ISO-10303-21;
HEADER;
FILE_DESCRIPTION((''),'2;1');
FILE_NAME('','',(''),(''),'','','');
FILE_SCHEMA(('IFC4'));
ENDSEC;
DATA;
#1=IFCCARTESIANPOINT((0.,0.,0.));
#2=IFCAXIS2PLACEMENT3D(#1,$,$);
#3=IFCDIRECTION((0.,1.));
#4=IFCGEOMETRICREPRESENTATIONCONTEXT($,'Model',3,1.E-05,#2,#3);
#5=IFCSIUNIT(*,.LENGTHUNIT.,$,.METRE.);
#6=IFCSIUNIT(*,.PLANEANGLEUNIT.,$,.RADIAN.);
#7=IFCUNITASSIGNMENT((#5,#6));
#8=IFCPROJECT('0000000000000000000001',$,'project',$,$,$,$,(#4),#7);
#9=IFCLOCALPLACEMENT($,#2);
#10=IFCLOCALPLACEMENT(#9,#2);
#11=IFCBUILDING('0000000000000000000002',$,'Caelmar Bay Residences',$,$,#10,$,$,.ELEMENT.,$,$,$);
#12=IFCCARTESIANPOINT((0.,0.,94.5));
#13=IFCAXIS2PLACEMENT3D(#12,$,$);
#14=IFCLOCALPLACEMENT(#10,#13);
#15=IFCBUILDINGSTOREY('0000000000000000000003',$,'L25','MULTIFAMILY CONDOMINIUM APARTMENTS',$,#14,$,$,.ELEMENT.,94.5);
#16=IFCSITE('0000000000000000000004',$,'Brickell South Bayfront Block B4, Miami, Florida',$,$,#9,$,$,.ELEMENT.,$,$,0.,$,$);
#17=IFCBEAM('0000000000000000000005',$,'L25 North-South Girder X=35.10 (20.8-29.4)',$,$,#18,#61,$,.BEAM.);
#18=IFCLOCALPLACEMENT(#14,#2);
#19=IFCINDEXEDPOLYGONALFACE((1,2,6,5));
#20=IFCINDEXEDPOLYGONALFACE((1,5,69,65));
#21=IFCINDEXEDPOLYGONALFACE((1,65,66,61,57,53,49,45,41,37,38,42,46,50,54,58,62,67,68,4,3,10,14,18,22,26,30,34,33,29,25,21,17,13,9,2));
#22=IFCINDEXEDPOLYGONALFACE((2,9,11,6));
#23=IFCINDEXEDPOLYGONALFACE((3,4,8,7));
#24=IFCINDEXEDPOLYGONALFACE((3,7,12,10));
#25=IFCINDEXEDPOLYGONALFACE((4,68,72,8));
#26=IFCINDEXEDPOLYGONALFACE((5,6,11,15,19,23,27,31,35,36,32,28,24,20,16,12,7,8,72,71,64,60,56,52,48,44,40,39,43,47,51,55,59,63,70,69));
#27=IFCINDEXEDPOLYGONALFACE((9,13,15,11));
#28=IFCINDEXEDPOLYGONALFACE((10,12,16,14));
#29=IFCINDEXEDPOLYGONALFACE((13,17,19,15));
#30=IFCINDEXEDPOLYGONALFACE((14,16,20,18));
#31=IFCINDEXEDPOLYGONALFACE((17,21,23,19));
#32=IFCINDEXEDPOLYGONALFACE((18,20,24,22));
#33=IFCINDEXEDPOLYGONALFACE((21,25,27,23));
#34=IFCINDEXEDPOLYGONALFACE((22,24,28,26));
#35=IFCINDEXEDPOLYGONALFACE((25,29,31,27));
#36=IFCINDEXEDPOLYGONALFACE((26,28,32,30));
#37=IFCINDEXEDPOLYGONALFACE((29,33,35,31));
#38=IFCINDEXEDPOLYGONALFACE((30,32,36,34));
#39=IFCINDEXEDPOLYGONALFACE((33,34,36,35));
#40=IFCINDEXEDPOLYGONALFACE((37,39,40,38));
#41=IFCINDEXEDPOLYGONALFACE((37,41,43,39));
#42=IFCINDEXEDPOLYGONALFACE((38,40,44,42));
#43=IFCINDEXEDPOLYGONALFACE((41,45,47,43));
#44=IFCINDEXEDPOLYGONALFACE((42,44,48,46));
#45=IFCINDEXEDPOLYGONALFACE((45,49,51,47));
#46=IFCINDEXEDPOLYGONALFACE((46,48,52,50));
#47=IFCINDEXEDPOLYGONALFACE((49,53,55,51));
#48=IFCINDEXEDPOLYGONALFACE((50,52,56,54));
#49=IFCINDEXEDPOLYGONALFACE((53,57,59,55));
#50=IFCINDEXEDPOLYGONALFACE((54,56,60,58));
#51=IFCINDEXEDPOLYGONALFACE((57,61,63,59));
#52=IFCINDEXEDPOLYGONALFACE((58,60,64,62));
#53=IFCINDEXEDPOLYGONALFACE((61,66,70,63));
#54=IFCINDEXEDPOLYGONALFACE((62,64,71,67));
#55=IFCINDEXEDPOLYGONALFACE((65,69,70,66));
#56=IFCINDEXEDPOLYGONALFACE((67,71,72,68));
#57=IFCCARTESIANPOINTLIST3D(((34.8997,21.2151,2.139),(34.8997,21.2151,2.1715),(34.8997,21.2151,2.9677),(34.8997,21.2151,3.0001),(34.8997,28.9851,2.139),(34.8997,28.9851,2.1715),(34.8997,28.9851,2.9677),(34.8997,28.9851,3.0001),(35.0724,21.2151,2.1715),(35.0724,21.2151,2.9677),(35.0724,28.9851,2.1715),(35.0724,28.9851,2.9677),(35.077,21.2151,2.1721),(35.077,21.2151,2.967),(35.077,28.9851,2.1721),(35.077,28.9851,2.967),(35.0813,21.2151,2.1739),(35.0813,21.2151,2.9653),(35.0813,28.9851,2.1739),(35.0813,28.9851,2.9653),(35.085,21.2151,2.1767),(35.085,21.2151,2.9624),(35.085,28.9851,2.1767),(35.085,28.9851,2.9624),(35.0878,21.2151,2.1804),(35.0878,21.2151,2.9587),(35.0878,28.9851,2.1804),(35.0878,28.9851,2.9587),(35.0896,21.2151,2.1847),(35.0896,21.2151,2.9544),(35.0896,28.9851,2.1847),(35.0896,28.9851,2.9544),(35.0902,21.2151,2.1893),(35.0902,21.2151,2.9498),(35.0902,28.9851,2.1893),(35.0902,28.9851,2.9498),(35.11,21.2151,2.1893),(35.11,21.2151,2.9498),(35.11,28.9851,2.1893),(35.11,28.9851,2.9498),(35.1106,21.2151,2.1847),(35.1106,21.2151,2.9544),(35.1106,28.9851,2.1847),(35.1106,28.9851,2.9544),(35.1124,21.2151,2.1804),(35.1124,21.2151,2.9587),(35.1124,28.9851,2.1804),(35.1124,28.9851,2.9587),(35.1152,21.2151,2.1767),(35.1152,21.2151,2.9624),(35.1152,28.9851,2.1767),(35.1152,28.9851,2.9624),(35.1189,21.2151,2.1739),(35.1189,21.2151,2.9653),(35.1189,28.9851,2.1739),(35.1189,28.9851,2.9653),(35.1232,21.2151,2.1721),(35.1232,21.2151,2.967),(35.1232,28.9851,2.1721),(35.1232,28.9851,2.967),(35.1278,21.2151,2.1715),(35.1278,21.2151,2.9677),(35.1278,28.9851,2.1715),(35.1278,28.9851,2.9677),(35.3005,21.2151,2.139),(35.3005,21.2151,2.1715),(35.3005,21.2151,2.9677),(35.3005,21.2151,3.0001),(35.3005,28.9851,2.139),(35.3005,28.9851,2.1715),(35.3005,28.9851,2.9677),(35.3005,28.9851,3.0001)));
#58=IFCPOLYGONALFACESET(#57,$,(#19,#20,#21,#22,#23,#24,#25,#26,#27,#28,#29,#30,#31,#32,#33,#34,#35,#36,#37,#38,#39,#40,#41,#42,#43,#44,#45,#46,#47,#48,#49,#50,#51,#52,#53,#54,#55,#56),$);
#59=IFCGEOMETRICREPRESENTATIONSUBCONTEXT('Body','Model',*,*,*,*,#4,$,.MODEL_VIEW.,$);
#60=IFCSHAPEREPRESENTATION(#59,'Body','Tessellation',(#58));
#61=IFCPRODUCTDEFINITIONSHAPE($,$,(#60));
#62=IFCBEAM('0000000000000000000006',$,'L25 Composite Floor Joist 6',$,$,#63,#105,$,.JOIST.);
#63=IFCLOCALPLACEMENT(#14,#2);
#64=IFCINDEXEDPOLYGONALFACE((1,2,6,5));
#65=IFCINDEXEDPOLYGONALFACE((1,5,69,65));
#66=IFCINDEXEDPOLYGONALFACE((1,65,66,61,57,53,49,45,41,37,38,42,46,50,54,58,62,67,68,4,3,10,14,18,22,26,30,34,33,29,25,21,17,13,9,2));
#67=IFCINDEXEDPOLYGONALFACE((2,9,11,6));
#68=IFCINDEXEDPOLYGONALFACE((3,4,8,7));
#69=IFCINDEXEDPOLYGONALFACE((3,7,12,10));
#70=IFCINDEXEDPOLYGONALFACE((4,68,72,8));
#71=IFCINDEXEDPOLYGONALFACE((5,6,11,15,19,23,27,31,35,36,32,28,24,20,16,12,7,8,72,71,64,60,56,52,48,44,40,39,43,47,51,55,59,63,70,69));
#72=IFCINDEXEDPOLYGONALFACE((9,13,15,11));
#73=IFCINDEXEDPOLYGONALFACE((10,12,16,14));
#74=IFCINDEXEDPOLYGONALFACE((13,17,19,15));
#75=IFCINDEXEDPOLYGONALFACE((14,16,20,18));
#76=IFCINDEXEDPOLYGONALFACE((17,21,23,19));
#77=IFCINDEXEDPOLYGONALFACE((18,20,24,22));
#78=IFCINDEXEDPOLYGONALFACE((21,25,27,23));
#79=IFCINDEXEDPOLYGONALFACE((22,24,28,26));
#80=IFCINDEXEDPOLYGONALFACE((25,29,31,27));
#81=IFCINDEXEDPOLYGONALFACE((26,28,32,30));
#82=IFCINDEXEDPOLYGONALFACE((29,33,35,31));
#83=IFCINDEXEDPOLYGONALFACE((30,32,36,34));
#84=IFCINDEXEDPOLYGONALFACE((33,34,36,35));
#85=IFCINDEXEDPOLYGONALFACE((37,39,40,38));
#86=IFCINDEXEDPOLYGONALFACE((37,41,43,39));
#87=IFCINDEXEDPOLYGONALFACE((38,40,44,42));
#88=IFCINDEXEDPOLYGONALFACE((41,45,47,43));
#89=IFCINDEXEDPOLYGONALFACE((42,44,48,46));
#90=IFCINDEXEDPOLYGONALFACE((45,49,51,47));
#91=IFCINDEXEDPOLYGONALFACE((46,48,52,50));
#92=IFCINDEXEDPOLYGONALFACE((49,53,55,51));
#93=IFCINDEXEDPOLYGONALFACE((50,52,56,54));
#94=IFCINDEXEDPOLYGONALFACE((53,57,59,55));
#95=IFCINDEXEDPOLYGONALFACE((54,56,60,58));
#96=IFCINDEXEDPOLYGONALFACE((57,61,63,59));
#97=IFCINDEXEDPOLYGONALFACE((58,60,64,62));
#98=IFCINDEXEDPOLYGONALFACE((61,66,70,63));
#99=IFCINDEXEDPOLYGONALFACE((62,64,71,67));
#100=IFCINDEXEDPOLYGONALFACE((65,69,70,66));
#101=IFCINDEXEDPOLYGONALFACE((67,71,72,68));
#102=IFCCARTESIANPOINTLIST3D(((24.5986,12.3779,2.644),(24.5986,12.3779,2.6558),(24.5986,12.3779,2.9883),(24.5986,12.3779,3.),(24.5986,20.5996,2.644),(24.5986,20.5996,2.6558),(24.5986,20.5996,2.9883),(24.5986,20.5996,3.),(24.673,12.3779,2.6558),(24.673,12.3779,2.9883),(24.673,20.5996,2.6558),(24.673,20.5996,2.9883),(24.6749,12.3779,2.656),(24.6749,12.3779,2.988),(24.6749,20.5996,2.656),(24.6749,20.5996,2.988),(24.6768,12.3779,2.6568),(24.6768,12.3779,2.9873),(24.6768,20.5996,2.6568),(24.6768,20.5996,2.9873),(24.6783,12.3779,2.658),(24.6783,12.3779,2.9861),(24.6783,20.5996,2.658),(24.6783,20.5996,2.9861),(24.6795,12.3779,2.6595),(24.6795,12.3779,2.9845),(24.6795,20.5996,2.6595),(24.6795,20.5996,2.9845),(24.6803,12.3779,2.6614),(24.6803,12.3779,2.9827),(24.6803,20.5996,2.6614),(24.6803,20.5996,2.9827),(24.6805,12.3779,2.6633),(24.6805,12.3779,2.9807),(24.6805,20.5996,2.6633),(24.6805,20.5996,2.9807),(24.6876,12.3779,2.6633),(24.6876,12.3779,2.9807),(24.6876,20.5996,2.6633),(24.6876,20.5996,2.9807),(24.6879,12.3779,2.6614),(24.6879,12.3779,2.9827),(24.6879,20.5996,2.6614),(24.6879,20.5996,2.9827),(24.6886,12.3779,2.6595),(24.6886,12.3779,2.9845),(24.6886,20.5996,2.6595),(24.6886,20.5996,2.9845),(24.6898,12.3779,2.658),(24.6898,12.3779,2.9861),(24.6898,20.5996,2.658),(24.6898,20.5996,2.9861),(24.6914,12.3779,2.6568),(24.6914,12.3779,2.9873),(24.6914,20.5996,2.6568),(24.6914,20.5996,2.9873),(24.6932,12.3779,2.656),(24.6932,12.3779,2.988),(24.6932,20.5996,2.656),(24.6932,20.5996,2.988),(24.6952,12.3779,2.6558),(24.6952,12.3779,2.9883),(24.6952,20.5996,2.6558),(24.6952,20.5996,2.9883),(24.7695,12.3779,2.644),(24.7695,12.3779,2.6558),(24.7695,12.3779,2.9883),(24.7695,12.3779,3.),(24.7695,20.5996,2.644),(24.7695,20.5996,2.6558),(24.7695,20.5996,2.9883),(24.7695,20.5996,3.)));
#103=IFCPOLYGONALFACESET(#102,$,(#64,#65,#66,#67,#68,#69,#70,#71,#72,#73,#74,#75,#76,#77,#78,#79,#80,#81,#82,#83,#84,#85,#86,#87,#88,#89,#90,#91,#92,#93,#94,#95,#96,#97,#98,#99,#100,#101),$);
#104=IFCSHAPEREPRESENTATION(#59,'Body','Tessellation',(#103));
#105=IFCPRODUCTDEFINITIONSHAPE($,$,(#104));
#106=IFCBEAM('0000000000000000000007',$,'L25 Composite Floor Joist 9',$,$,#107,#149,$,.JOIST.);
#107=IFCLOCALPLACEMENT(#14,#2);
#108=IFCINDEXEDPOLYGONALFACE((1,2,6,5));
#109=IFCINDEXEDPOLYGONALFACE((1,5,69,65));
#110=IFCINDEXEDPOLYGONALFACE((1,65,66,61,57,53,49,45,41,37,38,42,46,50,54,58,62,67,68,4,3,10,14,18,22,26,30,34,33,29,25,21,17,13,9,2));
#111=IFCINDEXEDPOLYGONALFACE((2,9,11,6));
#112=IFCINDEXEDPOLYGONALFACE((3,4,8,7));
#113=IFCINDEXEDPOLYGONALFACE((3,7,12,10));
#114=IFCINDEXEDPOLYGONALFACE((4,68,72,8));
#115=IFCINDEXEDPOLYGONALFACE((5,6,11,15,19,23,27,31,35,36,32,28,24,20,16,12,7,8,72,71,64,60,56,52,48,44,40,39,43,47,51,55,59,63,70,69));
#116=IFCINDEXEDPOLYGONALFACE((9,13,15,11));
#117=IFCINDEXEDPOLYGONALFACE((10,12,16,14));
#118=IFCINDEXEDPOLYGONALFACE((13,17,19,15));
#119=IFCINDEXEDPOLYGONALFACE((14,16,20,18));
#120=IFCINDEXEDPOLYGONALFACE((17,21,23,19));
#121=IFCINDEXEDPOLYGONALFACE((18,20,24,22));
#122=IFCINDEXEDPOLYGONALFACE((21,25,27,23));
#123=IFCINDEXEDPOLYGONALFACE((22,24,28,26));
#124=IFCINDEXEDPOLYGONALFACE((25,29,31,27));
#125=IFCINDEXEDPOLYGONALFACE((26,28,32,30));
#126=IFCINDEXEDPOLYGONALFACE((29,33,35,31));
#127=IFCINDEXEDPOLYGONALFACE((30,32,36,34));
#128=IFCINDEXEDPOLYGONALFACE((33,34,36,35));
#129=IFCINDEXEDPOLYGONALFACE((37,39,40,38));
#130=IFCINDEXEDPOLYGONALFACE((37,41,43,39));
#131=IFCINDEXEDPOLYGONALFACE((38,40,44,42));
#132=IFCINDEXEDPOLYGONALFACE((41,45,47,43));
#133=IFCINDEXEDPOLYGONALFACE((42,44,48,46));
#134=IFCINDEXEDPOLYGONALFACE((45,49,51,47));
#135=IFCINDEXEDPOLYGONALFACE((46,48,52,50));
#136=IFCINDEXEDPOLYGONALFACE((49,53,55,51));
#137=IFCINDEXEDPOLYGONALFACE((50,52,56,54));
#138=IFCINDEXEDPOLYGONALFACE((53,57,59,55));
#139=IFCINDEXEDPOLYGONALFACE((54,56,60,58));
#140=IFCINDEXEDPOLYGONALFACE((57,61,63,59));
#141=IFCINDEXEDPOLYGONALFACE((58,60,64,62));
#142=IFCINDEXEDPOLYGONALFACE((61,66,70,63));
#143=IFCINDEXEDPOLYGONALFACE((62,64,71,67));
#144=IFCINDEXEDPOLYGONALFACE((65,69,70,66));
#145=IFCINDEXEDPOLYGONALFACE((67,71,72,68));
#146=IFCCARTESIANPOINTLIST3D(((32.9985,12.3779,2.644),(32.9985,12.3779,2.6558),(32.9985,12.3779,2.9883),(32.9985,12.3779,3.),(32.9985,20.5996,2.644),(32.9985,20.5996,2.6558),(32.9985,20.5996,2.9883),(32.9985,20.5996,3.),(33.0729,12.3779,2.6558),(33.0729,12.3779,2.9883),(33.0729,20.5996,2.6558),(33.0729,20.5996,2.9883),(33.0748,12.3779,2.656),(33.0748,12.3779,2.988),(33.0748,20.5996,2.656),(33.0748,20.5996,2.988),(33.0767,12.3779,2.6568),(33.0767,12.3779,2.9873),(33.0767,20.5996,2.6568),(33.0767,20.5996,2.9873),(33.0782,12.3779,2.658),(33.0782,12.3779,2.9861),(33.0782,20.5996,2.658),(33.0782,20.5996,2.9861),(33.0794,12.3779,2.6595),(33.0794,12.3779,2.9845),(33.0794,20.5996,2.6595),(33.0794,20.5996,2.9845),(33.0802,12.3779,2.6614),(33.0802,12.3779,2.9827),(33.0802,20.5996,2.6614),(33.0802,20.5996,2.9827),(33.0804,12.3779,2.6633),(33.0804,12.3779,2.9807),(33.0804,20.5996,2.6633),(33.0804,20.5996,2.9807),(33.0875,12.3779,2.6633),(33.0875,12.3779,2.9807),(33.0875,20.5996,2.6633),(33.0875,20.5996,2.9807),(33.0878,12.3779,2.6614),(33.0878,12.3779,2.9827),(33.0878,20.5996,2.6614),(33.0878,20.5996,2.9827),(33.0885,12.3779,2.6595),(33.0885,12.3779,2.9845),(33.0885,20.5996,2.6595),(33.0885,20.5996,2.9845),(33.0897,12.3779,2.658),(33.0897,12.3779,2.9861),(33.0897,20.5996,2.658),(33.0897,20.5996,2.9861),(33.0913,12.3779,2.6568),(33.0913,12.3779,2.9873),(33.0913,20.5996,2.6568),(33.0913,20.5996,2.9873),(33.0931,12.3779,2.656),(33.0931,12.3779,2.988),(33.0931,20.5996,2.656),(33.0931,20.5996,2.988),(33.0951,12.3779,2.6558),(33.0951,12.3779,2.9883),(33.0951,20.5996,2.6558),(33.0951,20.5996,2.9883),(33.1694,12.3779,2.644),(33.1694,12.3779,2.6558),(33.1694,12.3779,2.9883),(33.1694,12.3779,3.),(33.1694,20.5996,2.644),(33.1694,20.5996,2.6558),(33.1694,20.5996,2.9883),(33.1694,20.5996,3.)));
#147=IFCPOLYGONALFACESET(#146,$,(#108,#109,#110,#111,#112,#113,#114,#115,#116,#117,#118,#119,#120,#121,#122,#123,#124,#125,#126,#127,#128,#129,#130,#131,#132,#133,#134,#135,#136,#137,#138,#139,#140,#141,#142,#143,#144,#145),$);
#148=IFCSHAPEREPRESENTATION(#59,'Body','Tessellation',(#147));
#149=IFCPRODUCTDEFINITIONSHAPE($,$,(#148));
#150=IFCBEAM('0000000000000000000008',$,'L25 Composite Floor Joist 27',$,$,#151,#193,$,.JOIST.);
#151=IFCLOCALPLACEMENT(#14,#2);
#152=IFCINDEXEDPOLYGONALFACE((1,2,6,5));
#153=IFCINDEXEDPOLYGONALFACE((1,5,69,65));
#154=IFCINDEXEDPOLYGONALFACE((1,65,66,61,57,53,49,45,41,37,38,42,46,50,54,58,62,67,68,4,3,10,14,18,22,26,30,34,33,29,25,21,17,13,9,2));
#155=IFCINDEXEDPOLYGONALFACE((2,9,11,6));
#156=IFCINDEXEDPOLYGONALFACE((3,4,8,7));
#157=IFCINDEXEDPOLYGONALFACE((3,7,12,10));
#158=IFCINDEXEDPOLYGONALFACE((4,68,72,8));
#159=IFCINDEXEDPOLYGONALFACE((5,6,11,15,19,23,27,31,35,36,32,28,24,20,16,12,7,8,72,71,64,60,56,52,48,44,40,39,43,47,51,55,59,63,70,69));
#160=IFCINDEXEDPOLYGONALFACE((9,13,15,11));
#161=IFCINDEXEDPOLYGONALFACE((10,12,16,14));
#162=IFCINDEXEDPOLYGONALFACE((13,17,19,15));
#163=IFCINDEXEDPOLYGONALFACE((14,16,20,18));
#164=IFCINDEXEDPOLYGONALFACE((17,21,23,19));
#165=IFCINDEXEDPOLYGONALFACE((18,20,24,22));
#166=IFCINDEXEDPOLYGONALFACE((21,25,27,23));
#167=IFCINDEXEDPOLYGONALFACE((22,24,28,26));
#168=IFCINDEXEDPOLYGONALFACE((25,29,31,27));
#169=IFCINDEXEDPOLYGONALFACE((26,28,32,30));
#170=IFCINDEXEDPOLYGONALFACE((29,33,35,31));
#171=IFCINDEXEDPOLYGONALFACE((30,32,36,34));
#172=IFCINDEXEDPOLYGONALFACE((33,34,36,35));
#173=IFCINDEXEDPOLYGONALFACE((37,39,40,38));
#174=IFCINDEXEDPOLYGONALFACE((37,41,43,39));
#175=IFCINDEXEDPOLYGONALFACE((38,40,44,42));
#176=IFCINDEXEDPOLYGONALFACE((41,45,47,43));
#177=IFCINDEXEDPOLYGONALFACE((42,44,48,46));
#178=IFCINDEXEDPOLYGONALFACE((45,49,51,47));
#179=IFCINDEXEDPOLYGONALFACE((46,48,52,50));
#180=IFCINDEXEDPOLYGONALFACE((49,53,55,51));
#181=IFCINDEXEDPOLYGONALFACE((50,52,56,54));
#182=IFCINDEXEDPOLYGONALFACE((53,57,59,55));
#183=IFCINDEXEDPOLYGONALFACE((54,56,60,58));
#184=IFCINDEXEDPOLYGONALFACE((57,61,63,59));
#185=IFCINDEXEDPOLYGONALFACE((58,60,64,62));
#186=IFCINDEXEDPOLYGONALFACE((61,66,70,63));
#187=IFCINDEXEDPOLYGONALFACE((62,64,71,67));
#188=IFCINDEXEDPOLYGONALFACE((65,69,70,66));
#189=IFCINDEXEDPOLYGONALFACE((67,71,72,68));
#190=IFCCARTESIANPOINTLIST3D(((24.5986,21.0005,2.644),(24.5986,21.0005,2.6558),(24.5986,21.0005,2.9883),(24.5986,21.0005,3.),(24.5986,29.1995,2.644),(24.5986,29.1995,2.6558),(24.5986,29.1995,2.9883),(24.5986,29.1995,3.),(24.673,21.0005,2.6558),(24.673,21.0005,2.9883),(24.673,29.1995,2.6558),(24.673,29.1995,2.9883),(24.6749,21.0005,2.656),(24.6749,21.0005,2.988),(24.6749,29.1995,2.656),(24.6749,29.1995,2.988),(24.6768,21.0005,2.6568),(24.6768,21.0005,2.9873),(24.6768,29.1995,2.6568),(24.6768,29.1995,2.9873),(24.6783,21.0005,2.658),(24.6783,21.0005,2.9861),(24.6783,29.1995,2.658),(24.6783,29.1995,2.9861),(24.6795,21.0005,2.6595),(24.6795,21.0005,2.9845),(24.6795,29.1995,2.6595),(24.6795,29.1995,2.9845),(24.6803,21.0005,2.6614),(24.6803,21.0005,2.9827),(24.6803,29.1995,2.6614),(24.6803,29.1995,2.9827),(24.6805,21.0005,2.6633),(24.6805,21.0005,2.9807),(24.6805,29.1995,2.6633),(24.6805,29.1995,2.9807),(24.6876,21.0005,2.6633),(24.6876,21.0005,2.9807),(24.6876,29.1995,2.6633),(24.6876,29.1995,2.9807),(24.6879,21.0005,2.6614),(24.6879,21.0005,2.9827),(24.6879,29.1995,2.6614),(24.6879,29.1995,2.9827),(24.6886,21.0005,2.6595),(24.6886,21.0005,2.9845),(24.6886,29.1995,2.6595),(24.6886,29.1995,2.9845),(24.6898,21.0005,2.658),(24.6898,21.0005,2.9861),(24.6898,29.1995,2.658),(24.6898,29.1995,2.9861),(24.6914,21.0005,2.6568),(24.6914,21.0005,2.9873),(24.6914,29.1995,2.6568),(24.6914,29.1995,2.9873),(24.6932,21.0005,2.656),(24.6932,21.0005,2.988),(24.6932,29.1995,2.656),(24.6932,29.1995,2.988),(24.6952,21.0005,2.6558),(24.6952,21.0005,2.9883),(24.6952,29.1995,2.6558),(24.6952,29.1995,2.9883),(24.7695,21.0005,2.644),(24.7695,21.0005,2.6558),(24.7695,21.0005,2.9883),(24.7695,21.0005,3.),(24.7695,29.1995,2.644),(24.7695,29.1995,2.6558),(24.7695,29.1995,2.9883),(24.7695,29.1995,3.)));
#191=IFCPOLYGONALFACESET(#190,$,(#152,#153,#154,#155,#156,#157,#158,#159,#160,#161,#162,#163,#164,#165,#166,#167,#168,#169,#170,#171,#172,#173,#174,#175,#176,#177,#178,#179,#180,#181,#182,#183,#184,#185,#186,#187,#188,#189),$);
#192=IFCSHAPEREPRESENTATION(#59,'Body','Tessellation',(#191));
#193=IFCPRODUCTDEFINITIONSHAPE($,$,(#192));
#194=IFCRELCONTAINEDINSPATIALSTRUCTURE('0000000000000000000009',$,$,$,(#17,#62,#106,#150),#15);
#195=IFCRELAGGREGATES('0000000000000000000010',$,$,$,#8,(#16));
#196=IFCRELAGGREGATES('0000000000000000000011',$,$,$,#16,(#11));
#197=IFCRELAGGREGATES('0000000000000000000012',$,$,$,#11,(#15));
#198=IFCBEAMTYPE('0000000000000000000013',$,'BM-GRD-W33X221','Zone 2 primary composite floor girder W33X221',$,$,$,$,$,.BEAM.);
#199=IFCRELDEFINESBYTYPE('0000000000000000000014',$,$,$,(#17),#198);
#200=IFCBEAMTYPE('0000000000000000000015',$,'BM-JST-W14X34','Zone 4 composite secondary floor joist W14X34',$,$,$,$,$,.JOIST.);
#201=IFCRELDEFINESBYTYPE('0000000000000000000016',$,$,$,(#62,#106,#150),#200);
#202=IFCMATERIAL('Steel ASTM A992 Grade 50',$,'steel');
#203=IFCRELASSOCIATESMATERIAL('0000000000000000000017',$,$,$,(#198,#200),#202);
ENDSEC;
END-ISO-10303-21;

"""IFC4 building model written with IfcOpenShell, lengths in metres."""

from ifc_helpers import new_model, si_unit, direction, frame, origin, origin_2d, place, context, subcontext, project, spatial, i_section, extrude, material, material_profile, profile_set, type_object, element, save


model = new_model("IFC4")

# Units and contexts
model_context = context("Model", 3, precision=1e-05, world=origin(), true_north=direction((0.0, 1.0)))
body_context = subcontext(model_context, "Body", "Model", "MODEL_VIEW")
ifc_project = project(units=[si_unit("LENGTHUNIT", "METRE"), si_unit("PLANEANGLEUNIT", "RADIAN")], contexts=[model_context])

# Site, building, storey
site_placement = place(None, origin())
site = spatial("IfcSite", under=ifc_project, at=site_placement, Name="Brickell South Bayfront Block B4, Miami, Florida", CompositionType="ELEMENT", RefElevation=0.0)
building_placement = place(site_placement, origin())
building = spatial("IfcBuilding", under=site, at=building_placement, Name="Caelmar Bay Residences", CompositionType="ELEMENT")
storey_placement = place(building_placement, frame((0.0, 0.0, 94.5)))
storey = spatial("IfcBuildingStorey", under=building, at=storey_placement, Name="L25", Description="MULTIFAMILY CONDOMINIUM APARTMENTS", CompositionType="ELEMENT", Elevation=94.5)

# Beams
ifc_material_1 = material(Name="Steel ASTM A992 Grade 50", Category="steel")
ifc_material_profile_1 = material_profile(ifc_material_1, i_section(OverallWidth=0.4009, OverallDepth=0.8611, WebThickness=0.0198, FlangeThickness=0.0325, FilletRadius=0.0178, at=origin_2d()), Name="W33X221")
ifc_profile_set_1 = profile_set([ifc_material_profile_1], Name="Steel ASTM A992 Grade 50")
beam_type_1 = type_object("IfcBeamType", Name="BM-GRD-W33X221", Description="Zone 2 primary composite floor girder W33X221", PredefinedType="BEAM", material=ifc_profile_set_1)
for number, where, z_axis, x_axis, name in (
    (1, (35.1001, 21.2151, 2.5696), (0.0, 1.0, 0.0), (-1.0, 0.0, 0.0), "L25 North-South Girder X=35.10 (20.8-29.4)"),
):
    element("IfcBeam", number, at=place(storey_placement, frame(where, z_axis=z_axis, x_axis=x_axis)), inside=storey, type_object=beam_type_1, Name=name, PredefinedType="BEAM", context=body_context, shape_type="SweptSolid", body=[
        extrude(i_section(OverallWidth=0.4009, OverallDepth=0.8611, WebThickness=0.0198, FlangeThickness=0.0325, FilletRadius=0.0178, at=origin_2d()), origin(), (0.0, 0.0, 1.0), 7.77),
    ])
ifc_material_profile_2 = material_profile(ifc_material_1, i_section(OverallWidth=0.1709, OverallDepth=0.356, WebThickness=0.0071, FlangeThickness=0.0117, FilletRadius=0.0076, at=origin_2d()), Name="W14X34")
ifc_profile_set_2 = profile_set([ifc_material_profile_2], Name="Steel ASTM A992 Grade 50")
beam_type_2 = type_object("IfcBeamType", Name="BM-JST-W14X34", Description="Zone 4 composite secondary floor joist W14X34", PredefinedType="JOIST", material=ifc_profile_set_2)
for number, where, z_axis, x_axis, name in (
    (2, (24.6841, 12.3779, 2.822), (0.0, 1.0, 0.0), (-1.0, 0.0, 0.0), "L25 Composite Floor Joist 6"),
    (3, (33.084, 12.3779, 2.822), (0.0, 1.0, 0.0), (-1.0, 0.0, 0.0), "L25 Composite Floor Joist 9"),
):
    element("IfcBeam", number, at=place(storey_placement, frame(where, z_axis=z_axis, x_axis=x_axis)), inside=storey, type_object=beam_type_2, Name=name, PredefinedType="JOIST", context=body_context, shape_type="SweptSolid", body=[
        extrude(i_section(OverallWidth=0.1709, OverallDepth=0.356, WebThickness=0.0071, FlangeThickness=0.0117, FilletRadius=0.0076, at=origin_2d()), origin(), (0.0, 0.0, 1.0), 8.2217),
    ])
for number, where, z_axis, x_axis, name in (
    (4, (24.6841, 21.0005, 2.822), (0.0, 1.0, 0.0), (-1.0, 0.0, 0.0), "L25 Composite Floor Joist 27"),
):
    element("IfcBeam", number, at=place(storey_placement, frame(where, z_axis=z_axis, x_axis=x_axis)), inside=storey, type_object=beam_type_2, Name=name, PredefinedType="JOIST", context=body_context, shape_type="SweptSolid", body=[
        extrude(i_section(OverallWidth=0.1709, OverallDepth=0.356, WebThickness=0.0071, FlangeThickness=0.0117, FilletRadius=0.0076, at=origin_2d()), origin(), (0.0, 0.0, 1.0), 8.199),
    ])

save(model, "model.ifc")
